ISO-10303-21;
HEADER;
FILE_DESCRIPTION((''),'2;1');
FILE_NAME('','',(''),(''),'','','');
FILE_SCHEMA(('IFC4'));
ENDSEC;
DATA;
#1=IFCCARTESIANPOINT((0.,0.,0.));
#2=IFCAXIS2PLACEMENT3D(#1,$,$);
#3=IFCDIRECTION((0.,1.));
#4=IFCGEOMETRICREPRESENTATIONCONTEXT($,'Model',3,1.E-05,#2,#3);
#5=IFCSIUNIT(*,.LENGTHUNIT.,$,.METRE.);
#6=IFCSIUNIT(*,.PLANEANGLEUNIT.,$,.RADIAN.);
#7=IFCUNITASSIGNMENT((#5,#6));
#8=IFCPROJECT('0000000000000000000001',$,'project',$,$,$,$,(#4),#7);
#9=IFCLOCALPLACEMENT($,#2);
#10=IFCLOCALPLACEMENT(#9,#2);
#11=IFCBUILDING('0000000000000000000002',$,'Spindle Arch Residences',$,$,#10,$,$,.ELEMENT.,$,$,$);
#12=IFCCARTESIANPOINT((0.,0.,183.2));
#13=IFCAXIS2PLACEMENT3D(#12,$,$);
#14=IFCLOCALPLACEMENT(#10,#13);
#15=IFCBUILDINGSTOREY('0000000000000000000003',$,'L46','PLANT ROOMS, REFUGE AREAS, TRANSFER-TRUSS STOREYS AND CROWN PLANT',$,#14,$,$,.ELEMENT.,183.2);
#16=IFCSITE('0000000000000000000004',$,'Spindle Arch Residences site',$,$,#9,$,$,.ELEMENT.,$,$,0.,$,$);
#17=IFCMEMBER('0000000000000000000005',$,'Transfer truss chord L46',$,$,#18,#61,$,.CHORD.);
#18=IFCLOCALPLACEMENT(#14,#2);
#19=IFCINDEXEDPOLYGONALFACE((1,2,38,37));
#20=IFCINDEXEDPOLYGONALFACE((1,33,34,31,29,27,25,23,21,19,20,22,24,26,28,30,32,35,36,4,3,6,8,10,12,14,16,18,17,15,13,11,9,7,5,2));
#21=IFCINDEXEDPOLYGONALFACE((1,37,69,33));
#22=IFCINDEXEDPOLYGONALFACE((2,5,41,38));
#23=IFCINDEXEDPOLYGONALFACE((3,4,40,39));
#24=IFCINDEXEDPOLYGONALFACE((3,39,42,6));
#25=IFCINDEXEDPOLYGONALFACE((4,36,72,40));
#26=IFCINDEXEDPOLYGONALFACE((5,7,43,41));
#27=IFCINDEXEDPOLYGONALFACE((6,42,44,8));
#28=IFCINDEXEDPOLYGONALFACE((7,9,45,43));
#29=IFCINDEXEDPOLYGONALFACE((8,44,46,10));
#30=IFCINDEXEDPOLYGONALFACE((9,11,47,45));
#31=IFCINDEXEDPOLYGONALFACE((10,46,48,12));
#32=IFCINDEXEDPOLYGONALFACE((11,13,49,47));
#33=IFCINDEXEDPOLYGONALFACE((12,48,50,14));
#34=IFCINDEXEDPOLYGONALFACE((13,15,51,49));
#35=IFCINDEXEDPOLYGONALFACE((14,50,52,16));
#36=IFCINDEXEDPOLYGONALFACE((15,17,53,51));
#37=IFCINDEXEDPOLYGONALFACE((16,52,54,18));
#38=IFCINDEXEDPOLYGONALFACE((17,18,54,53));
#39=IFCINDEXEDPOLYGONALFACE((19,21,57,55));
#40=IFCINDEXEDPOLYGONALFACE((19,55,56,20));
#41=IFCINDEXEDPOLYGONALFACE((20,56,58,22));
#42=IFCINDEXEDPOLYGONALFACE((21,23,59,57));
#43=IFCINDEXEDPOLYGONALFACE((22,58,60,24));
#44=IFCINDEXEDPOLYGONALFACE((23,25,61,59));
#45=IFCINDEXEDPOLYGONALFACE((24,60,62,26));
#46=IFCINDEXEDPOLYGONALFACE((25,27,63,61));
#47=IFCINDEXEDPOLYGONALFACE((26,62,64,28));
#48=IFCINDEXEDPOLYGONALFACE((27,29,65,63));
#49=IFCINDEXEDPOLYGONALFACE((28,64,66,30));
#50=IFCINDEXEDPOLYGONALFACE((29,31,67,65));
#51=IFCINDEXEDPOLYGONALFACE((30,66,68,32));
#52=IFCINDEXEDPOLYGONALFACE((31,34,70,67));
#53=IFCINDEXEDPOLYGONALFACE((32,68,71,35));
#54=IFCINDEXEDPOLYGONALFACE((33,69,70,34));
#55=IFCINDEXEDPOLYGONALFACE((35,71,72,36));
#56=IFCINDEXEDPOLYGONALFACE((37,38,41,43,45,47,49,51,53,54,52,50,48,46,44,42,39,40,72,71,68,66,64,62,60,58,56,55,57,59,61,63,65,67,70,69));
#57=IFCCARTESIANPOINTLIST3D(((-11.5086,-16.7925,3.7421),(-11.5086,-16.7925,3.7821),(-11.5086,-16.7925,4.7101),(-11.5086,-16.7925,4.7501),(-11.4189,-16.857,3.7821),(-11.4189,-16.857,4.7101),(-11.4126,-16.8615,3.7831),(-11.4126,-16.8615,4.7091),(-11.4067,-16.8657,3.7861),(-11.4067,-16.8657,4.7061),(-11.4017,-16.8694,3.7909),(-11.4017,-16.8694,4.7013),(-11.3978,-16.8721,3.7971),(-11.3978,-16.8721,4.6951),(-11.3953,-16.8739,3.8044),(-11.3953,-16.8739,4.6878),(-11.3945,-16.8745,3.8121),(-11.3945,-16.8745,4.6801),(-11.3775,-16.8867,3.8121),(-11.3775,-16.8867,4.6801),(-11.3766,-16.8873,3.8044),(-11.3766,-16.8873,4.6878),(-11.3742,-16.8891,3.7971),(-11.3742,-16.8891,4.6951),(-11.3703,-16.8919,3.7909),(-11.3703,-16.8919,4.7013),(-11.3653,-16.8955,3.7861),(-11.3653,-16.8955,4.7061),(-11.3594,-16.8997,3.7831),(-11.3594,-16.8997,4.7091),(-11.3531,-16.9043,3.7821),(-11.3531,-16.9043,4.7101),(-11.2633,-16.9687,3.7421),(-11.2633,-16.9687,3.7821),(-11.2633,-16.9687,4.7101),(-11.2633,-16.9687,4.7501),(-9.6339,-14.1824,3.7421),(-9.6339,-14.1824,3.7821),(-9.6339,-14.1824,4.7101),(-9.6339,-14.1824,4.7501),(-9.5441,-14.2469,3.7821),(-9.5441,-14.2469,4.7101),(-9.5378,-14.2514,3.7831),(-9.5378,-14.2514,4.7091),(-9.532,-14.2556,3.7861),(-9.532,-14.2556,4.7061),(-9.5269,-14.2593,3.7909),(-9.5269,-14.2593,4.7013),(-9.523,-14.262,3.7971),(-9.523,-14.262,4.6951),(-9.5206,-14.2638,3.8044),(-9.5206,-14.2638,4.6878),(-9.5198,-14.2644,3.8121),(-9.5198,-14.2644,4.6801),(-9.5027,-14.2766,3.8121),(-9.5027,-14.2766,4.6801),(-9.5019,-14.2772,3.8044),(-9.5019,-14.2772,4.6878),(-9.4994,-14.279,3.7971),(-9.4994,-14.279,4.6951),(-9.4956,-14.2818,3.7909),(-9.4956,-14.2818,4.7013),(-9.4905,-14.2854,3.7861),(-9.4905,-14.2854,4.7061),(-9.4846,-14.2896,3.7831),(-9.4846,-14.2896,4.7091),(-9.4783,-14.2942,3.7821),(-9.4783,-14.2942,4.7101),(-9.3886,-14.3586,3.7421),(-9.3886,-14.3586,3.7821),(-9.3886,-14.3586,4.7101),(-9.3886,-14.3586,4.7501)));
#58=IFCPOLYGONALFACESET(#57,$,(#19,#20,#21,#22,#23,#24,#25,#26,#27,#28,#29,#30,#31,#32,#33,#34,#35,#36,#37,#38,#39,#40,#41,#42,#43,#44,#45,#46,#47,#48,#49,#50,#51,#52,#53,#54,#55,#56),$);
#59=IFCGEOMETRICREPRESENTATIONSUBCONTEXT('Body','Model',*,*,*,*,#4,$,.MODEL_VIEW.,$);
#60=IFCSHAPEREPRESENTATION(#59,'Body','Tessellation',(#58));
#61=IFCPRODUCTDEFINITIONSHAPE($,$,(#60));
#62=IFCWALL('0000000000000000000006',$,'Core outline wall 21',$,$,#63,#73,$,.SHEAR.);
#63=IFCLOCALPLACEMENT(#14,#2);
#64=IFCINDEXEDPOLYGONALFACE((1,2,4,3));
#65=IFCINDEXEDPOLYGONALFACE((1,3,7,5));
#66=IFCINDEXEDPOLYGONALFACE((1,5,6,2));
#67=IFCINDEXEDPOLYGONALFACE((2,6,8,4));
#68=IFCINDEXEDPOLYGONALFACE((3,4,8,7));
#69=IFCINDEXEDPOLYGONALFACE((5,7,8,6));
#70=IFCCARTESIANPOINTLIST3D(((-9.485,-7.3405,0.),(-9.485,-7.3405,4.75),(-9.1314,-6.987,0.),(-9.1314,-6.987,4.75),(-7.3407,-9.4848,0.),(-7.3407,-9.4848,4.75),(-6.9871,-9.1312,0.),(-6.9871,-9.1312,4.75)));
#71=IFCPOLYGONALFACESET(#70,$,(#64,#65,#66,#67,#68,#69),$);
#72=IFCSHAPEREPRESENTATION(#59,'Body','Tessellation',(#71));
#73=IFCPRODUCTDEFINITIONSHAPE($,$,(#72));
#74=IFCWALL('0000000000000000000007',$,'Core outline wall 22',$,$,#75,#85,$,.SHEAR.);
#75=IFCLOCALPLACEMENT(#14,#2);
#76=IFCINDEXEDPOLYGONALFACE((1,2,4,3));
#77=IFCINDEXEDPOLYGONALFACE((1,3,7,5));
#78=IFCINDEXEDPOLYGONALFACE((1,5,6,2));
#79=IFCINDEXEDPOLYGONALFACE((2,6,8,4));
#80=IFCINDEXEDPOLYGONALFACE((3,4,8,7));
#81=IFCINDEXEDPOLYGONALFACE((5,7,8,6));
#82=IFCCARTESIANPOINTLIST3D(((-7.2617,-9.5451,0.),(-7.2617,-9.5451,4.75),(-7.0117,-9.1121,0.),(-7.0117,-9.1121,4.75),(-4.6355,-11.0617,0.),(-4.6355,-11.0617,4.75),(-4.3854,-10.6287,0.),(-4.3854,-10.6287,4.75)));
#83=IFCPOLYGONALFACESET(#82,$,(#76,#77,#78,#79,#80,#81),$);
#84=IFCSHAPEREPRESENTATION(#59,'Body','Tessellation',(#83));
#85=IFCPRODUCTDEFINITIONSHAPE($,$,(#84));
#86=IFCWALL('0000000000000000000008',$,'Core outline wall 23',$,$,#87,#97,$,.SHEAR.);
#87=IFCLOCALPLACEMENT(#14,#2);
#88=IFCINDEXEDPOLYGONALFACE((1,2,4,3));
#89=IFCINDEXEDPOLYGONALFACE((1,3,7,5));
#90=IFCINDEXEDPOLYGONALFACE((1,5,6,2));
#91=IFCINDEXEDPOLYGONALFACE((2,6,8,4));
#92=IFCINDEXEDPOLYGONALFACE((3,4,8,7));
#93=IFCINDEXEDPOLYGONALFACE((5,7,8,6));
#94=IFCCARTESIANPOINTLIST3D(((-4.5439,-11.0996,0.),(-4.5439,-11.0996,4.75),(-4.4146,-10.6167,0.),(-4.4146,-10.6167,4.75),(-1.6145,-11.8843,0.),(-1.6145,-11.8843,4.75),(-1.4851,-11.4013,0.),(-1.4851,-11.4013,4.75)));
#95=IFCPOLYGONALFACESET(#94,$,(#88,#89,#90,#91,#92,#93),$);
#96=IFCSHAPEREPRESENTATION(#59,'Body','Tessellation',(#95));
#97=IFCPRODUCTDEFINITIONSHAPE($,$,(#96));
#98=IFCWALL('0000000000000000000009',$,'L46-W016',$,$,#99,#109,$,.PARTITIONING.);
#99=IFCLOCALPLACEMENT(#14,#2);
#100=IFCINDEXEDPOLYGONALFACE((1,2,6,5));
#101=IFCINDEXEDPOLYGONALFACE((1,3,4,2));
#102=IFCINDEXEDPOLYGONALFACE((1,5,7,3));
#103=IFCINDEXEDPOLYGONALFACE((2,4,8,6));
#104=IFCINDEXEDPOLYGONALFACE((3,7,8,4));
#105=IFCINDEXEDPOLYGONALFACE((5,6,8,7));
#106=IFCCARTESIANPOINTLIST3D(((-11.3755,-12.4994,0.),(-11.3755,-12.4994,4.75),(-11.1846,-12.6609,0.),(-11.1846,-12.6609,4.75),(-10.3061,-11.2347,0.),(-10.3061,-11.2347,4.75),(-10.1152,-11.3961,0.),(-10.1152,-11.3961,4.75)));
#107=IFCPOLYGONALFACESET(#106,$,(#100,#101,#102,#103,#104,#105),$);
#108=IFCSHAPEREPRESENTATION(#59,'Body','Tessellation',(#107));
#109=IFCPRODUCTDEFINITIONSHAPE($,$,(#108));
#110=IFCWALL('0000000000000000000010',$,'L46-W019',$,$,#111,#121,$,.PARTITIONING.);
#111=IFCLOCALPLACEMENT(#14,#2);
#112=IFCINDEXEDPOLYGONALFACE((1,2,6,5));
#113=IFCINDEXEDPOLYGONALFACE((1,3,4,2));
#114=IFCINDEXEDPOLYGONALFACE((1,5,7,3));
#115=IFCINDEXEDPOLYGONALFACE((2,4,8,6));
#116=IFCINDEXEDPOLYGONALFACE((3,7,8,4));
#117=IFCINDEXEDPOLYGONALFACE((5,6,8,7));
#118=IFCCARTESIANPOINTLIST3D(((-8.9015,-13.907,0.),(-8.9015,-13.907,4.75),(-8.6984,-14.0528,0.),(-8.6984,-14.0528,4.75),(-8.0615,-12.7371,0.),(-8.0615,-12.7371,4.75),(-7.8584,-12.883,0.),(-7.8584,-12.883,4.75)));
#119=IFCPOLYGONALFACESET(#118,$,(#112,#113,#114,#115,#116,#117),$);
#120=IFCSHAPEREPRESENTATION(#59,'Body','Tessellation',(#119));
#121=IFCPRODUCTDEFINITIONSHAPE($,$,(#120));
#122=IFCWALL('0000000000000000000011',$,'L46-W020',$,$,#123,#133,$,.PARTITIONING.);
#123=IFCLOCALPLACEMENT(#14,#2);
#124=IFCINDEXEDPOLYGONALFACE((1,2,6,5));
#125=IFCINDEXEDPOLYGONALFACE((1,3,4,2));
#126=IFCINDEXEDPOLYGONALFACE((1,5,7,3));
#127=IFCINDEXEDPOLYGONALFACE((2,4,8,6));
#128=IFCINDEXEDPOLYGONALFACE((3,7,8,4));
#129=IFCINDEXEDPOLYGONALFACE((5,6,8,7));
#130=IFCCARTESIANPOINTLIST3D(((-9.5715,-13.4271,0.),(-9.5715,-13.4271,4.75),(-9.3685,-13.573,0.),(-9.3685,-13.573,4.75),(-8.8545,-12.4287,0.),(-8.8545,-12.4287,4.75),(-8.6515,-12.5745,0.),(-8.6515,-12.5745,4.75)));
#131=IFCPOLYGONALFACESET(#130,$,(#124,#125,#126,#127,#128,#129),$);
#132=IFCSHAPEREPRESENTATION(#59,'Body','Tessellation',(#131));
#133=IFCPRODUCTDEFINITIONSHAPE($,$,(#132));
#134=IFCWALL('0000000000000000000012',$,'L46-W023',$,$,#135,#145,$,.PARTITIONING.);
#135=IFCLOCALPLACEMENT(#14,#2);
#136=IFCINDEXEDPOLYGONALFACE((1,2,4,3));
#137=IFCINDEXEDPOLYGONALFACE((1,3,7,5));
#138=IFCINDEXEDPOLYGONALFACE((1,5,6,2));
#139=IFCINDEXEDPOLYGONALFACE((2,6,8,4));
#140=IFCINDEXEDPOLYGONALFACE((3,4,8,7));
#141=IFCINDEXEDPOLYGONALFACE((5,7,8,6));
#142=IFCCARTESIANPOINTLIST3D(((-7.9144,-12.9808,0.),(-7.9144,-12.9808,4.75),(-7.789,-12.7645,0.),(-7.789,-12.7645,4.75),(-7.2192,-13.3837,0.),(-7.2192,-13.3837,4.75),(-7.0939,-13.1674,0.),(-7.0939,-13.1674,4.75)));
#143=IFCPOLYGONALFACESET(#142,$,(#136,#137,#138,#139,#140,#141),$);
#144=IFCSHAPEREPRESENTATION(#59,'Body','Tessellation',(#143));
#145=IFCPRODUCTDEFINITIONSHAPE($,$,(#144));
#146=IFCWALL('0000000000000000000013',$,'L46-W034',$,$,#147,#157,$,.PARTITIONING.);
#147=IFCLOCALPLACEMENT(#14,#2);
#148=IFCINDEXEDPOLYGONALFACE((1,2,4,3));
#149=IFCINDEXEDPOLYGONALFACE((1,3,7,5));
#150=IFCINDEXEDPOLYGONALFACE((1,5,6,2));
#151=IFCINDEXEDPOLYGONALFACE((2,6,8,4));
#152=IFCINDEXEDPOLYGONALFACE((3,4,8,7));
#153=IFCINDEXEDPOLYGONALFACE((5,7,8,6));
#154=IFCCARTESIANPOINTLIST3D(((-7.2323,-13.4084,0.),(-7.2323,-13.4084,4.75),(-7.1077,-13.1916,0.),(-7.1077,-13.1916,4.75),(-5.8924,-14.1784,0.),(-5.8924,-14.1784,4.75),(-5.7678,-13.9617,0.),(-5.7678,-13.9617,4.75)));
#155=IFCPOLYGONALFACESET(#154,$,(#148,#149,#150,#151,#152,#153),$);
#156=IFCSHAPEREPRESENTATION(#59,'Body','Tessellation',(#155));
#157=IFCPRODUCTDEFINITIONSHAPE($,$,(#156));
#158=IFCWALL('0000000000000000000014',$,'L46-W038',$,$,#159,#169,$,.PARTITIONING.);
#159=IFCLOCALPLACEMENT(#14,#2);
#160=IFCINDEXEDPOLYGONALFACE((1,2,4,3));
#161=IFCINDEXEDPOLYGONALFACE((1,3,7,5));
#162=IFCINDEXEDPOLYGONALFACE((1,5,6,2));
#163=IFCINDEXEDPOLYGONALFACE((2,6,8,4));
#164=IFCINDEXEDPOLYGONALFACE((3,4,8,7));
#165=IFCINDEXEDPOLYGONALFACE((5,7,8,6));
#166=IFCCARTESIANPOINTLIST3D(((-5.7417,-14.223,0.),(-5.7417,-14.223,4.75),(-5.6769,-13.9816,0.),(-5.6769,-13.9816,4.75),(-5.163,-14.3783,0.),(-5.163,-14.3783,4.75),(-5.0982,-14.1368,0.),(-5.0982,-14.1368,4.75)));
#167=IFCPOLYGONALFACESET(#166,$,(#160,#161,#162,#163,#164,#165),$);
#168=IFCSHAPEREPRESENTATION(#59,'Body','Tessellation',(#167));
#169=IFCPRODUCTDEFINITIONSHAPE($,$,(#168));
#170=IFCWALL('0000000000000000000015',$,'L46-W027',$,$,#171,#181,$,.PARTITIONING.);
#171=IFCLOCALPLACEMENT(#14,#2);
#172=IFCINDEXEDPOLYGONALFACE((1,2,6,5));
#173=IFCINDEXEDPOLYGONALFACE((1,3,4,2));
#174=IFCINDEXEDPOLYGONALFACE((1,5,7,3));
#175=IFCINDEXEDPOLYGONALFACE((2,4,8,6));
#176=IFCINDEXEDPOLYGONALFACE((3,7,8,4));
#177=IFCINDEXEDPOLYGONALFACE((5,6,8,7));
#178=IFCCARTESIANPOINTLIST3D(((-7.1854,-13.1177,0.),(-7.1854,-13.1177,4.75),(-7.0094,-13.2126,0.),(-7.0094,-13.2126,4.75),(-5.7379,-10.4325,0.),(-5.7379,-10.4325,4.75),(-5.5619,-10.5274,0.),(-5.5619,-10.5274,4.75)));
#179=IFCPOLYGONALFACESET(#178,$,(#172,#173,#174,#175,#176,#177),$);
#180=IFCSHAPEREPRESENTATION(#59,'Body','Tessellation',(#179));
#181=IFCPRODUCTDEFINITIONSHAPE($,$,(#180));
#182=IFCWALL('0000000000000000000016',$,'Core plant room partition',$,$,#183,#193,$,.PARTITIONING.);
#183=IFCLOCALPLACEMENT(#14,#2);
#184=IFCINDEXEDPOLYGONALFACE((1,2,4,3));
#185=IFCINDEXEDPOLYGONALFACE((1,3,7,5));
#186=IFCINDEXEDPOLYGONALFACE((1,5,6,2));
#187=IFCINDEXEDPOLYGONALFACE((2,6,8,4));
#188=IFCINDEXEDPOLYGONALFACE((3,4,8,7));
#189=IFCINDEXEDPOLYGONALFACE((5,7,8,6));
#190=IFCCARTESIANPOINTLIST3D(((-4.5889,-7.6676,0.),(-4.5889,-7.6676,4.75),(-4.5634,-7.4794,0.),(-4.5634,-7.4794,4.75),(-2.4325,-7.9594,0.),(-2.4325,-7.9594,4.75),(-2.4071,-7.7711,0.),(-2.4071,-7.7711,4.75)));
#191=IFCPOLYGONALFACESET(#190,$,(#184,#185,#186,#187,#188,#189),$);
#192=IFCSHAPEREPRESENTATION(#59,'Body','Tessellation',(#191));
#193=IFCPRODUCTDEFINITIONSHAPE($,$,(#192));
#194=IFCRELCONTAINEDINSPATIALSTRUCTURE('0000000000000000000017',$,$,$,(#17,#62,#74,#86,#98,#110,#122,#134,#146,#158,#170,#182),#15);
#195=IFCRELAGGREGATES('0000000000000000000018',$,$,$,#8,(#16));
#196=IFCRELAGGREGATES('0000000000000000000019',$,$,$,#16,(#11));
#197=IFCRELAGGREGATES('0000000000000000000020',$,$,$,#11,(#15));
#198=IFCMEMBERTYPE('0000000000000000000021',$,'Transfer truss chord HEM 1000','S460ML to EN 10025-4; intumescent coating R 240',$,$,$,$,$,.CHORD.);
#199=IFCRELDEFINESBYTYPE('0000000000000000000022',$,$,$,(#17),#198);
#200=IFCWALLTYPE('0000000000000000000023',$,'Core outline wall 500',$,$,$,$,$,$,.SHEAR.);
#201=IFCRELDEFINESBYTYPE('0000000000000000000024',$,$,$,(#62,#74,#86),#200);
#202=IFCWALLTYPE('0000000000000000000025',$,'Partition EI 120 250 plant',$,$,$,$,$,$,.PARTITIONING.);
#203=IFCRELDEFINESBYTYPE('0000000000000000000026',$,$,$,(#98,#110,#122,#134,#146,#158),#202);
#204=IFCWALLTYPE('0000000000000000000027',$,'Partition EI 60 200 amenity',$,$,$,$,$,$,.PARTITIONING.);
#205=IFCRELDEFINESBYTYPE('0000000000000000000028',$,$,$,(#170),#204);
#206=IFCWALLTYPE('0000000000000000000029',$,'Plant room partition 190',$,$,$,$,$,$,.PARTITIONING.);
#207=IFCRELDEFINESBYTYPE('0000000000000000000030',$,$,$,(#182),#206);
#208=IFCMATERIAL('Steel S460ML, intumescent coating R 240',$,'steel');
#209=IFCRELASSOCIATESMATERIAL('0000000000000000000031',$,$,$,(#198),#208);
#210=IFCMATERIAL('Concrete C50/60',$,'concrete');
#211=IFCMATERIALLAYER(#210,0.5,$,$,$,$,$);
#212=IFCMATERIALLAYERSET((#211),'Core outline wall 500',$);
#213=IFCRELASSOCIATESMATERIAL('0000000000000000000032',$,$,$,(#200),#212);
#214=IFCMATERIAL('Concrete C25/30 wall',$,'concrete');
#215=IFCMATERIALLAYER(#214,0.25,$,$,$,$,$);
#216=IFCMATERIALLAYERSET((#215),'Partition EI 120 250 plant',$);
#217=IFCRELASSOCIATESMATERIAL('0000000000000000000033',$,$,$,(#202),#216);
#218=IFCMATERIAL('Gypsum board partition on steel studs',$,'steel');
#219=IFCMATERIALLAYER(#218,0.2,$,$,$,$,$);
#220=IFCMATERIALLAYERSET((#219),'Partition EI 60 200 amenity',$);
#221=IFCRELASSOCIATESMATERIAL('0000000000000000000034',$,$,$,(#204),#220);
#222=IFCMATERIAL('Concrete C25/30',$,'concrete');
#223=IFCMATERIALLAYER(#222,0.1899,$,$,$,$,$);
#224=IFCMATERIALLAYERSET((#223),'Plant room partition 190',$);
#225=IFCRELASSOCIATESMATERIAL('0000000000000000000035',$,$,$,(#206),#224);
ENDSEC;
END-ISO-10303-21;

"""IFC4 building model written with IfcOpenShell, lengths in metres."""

from ifc_helpers import new_model, si_unit, direction, frame, frame_2d, origin, origin_2d, place, context, subcontext, project, spatial, rectangle, i_section, extrude, material, layer, layer_set, material_profile, profile_set, type_object, element, save


model = new_model("IFC4")

# Units and contexts
model_context = context("Model", 3, precision=1e-05, world=origin(), true_north=direction((0.0, 1.0)))
body_context = subcontext(model_context, "Body", "Model", "MODEL_VIEW")
ifc_project = project(units=[si_unit("LENGTHUNIT", "METRE"), si_unit("PLANEANGLEUNIT", "RADIAN")], contexts=[model_context])

# Site, building, storey
site_placement = place(None, origin())
site = spatial("IfcSite", under=ifc_project, at=site_placement, Name="Spindle Arch Residences site", CompositionType="ELEMENT", RefElevation=0.0)
building_placement = place(site_placement, origin())
building = spatial("IfcBuilding", under=site, at=building_placement, Name="Spindle Arch Residences", CompositionType="ELEMENT")
storey_placement = place(building_placement, frame((0.0, 0.0, 183.2)))
storey = spatial("IfcBuildingStorey", under=building, at=storey_placement, Name="L46", Description="PLANT ROOMS, REFUGE AREAS, TRANSFER-TRUSS STOREYS AND CROWN PLANT", CompositionType="ELEMENT", Elevation=183.2)

# Member
ifc_material_1 = material(Name="Steel S460ML, intumescent coating R 240", Category="steel")
ifc_material_profile = material_profile(ifc_material_1, i_section(OverallWidth=0.302, OverallDepth=1.0081, WebThickness=0.021, FlangeThickness=0.04, FilletRadius=0.03, at=origin_2d()), Name="HEM 1000")
ifc_profile_set = profile_set([ifc_material_profile], Name="Steel S460ML, intumescent coating R 240")
member_type = type_object("IfcMemberType", Name="Transfer truss chord HEM 1000", Description="S460ML to EN 10025-4; intumescent coating R 240", PredefinedType="CHORD", material=ifc_profile_set)
member_placement = place(storey_placement, frame((-9.5112, -14.2705, 4.2461), z_axis=(-0.583378, -0.812201, 0.0), x_axis=(0.812201, -0.583378, 0.0)))
element("IfcMember", 1, at=member_placement, inside=storey, type_object=member_type, Name="Transfer truss chord L46", PredefinedType="CHORD", context=body_context, shape_type="SweptSolid", body=[
    extrude(i_section(OverallWidth=0.302, OverallDepth=1.0081, WebThickness=0.021, FlangeThickness=0.04, FilletRadius=0.03, at=origin_2d()), origin(), (0.0, 0.0, 1.0), 3.2136),
])

# Walls
ifc_material_2 = material(Name="Concrete C50/60", Category="concrete")
ifc_layer_1 = layer(ifc_material_2, 0.5)
ifc_layer_set_1 = layer_set([ifc_layer_1], Name="Core outline wall 500")
wall_type_1 = type_object("IfcWallType", Name="Core outline wall 500", PredefinedType="SHEAR", material=ifc_layer_set_1)
wall_1_placement = place(storey_placement, frame((-9.3081, -7.1638, 0.0), z_axis=(0.0, 0.0, 1.0), x_axis=(0.707107, -0.707107, 0.0)))
element("IfcWall", 2, at=wall_1_placement, inside=storey, type_object=wall_type_1, Name="Core outline wall 21", PredefinedType="SHEAR", context=body_context, shape_type="SweptSolid", body=[
    extrude(rectangle(XDim=3.0325, YDim=0.5, at=frame_2d((1.5161, 0.0))), origin(), (0.0, 0.0, 1.0), 4.75),
])
for number, where, z_axis, x_axis, name in (
    (3, (-7.1367, -9.3286, 0.0), (0.0, 0.0, 1.0), (0.865975, -0.500087, 0.0), "Core outline wall 22"),
    (4, (-4.4792, -10.8582, 0.0), (0.0, 0.0, 1.0), (0.965948, -0.258735, 0.0), "Core outline wall 23"),
):
    element("IfcWall", number, at=place(storey_placement, frame(where, z_axis=z_axis, x_axis=x_axis)), inside=storey, type_object=wall_type_1, Name=name, PredefinedType="SHEAR", context=body_context, shape_type="SweptSolid", body=[
        extrude(rectangle(XDim=3.0327, YDim=0.5, at=frame_2d((1.5164, 0.0))), origin(), (0.0, 0.0, 1.0), 4.75),
    ])
ifc_material_3 = material(Name="Concrete C25/30 wall", Category="concrete")
ifc_layer_2 = layer(ifc_material_3, 0.25)
ifc_layer_set_2 = layer_set([ifc_layer_2], Name="Partition EI 120 250 plant")
wall_type_2 = type_object("IfcWallType", Name="Partition EI 120 250 plant", PredefinedType="PARTITIONING", material=ifc_layer_set_2)
wall_2_placement = place(storey_placement, frame((-10.2107, -11.3154, 0.0), z_axis=(0.0, 0.0, 1.0), x_axis=(-0.645678, -0.76361, 0.0)))
element("IfcWall", 5, at=wall_2_placement, inside=storey, type_object=wall_type_2, Name="L46-W016", PredefinedType="PARTITIONING", context=body_context, shape_type="SweptSolid", body=[
    extrude(rectangle(XDim=1.6562, YDim=0.25, at=frame_2d((0.8281, 0.0))), origin(), (0.0, 0.0, 1.0), 4.75),
])
wall_3_placement = place(storey_placement, frame((-8.8, -13.98, 0.0), z_axis=(0.0, 0.0, 1.0), x_axis=(0.583273, 0.812276, 0.0)))
element("IfcWall", 6, at=wall_3_placement, inside=storey, type_object=wall_type_2, Name="L46-W019", PredefinedType="PARTITIONING", context=body_context, shape_type="SweptSolid", body=[
    extrude(rectangle(XDim=1.4402, YDim=0.25, at=frame_2d((0.7202, 0.0))), origin(), (0.0, 0.0, 1.0), 4.75),
])
wall_4_placement = place(storey_placement, frame((-8.7529, -12.5015, 0.0), z_axis=(0.0, 0.0, 1.0), x_axis=(-0.583284, -0.812268, 0.0)))
element("IfcWall", 7, at=wall_4_placement, inside=storey, type_object=wall_type_2, Name="L46-W020", PredefinedType="PARTITIONING", context=body_context, shape_type="SweptSolid", body=[
    extrude(rectangle(XDim=1.2292, YDim=0.25, at=frame_2d((0.6147, 0.0))), origin(), (0.0, 0.0, 1.0), 4.75),
])
wall_5_placement = place(storey_placement, frame((-7.8518, -12.8726, 0.0), z_axis=(0.0, 0.0, 1.0), x_axis=(0.865197, -0.501432, 0.0)))
element("IfcWall", 8, at=wall_5_placement, inside=storey, type_object=wall_type_2, Name="L46-W023", PredefinedType="PARTITIONING", context=body_context, shape_type="SweptSolid", body=[
    extrude(rectangle(XDim=0.8035, YDim=0.25, at=frame_2d((0.4019, 0.0))), origin(), (0.0, 0.0, 1.0), 4.75),
])
wall_6_placement = place(storey_placement, frame((-5.8301, -14.0701, 0.0), z_axis=(0.0, 0.0, 1.0), x_axis=(-0.867016, 0.498281, 0.0)))
element("IfcWall", 9, at=wall_6_placement, inside=storey, type_object=wall_type_2, Name="L46-W034", PredefinedType="PARTITIONING", context=body_context, shape_type="SweptSolid", body=[
    extrude(rectangle(XDim=1.5454, YDim=0.25, at=frame_2d((0.7727, 0.0))), origin(), (0.0, 0.0, 1.0), 4.75),
])
wall_7_placement = place(storey_placement, frame((-5.1306, -14.2576, 0.0), z_axis=(0.0, 0.0, 1.0), x_axis=(-0.965828, 0.259184, 0.0)))
element("IfcWall", 10, at=wall_7_placement, inside=storey, type_object=wall_type_2, Name="L46-W038", PredefinedType="PARTITIONING", context=body_context, shape_type="SweptSolid", body=[
    extrude(rectangle(XDim=0.5991, YDim=0.25, at=frame_2d((0.2996, 0.0))), origin(), (0.0, 0.0, 1.0), 4.75),
])
ifc_material_4 = material(Name="Gypsum board partition on steel studs", Category="steel")
ifc_layer_3 = layer(ifc_material_4, 0.2)
ifc_layer_set_3 = layer_set([ifc_layer_3], Name="Partition EI 60 200 amenity")
wall_type_3 = type_object("IfcWallType", Name="Partition EI 60 200 amenity", PredefinedType="PARTITIONING", material=ifc_layer_set_3)
wall_8_placement = place(storey_placement, frame((-7.0974, -13.1653, 0.0), z_axis=(0.0, 0.0, 1.0), x_axis=(0.474501, 0.880255, 0.0)))
element("IfcWall", 11, at=wall_8_placement, inside=storey, type_object=wall_type_3, Name="L46-W027", PredefinedType="PARTITIONING", context=body_context, shape_type="SweptSolid", body=[
    extrude(rectangle(XDim=3.0505, YDim=0.2, at=frame_2d((1.5254, 0.0))), origin(), (0.0, 0.0, 1.0), 4.75),
])

# Shared definitions
ifc_material_5 = material(Name="Concrete C25/30", Category="concrete")
ifc_layer_4 = layer(ifc_material_5, 0.1899)
ifc_layer_set_4 = layer_set([ifc_layer_4], Name="Plant room partition 190")
wall_type_4 = type_object("IfcWallType", Name="Plant room partition 190", PredefinedType="PARTITIONING", material=ifc_layer_set_4)

# Wall
wall_9_placement = place(storey_placement, frame((-2.4199, -7.8652, 0.0), z_axis=(0.0, 0.0, 1.0), x_axis=(-0.990972, 0.134067, 0.0)))
element("IfcWall", 12, at=wall_9_placement, inside=storey, type_object=wall_type_4, Name="Core plant room partition", PredefinedType="PARTITIONING", context=body_context, shape_type="SweptSolid", body=[
    extrude(rectangle(XDim=2.176, YDim=0.1899, at=frame_2d((1.0879, 0.0))), origin(), (0.0, 0.0, 1.0), 4.75),
])

save(model, "model.ifc")
